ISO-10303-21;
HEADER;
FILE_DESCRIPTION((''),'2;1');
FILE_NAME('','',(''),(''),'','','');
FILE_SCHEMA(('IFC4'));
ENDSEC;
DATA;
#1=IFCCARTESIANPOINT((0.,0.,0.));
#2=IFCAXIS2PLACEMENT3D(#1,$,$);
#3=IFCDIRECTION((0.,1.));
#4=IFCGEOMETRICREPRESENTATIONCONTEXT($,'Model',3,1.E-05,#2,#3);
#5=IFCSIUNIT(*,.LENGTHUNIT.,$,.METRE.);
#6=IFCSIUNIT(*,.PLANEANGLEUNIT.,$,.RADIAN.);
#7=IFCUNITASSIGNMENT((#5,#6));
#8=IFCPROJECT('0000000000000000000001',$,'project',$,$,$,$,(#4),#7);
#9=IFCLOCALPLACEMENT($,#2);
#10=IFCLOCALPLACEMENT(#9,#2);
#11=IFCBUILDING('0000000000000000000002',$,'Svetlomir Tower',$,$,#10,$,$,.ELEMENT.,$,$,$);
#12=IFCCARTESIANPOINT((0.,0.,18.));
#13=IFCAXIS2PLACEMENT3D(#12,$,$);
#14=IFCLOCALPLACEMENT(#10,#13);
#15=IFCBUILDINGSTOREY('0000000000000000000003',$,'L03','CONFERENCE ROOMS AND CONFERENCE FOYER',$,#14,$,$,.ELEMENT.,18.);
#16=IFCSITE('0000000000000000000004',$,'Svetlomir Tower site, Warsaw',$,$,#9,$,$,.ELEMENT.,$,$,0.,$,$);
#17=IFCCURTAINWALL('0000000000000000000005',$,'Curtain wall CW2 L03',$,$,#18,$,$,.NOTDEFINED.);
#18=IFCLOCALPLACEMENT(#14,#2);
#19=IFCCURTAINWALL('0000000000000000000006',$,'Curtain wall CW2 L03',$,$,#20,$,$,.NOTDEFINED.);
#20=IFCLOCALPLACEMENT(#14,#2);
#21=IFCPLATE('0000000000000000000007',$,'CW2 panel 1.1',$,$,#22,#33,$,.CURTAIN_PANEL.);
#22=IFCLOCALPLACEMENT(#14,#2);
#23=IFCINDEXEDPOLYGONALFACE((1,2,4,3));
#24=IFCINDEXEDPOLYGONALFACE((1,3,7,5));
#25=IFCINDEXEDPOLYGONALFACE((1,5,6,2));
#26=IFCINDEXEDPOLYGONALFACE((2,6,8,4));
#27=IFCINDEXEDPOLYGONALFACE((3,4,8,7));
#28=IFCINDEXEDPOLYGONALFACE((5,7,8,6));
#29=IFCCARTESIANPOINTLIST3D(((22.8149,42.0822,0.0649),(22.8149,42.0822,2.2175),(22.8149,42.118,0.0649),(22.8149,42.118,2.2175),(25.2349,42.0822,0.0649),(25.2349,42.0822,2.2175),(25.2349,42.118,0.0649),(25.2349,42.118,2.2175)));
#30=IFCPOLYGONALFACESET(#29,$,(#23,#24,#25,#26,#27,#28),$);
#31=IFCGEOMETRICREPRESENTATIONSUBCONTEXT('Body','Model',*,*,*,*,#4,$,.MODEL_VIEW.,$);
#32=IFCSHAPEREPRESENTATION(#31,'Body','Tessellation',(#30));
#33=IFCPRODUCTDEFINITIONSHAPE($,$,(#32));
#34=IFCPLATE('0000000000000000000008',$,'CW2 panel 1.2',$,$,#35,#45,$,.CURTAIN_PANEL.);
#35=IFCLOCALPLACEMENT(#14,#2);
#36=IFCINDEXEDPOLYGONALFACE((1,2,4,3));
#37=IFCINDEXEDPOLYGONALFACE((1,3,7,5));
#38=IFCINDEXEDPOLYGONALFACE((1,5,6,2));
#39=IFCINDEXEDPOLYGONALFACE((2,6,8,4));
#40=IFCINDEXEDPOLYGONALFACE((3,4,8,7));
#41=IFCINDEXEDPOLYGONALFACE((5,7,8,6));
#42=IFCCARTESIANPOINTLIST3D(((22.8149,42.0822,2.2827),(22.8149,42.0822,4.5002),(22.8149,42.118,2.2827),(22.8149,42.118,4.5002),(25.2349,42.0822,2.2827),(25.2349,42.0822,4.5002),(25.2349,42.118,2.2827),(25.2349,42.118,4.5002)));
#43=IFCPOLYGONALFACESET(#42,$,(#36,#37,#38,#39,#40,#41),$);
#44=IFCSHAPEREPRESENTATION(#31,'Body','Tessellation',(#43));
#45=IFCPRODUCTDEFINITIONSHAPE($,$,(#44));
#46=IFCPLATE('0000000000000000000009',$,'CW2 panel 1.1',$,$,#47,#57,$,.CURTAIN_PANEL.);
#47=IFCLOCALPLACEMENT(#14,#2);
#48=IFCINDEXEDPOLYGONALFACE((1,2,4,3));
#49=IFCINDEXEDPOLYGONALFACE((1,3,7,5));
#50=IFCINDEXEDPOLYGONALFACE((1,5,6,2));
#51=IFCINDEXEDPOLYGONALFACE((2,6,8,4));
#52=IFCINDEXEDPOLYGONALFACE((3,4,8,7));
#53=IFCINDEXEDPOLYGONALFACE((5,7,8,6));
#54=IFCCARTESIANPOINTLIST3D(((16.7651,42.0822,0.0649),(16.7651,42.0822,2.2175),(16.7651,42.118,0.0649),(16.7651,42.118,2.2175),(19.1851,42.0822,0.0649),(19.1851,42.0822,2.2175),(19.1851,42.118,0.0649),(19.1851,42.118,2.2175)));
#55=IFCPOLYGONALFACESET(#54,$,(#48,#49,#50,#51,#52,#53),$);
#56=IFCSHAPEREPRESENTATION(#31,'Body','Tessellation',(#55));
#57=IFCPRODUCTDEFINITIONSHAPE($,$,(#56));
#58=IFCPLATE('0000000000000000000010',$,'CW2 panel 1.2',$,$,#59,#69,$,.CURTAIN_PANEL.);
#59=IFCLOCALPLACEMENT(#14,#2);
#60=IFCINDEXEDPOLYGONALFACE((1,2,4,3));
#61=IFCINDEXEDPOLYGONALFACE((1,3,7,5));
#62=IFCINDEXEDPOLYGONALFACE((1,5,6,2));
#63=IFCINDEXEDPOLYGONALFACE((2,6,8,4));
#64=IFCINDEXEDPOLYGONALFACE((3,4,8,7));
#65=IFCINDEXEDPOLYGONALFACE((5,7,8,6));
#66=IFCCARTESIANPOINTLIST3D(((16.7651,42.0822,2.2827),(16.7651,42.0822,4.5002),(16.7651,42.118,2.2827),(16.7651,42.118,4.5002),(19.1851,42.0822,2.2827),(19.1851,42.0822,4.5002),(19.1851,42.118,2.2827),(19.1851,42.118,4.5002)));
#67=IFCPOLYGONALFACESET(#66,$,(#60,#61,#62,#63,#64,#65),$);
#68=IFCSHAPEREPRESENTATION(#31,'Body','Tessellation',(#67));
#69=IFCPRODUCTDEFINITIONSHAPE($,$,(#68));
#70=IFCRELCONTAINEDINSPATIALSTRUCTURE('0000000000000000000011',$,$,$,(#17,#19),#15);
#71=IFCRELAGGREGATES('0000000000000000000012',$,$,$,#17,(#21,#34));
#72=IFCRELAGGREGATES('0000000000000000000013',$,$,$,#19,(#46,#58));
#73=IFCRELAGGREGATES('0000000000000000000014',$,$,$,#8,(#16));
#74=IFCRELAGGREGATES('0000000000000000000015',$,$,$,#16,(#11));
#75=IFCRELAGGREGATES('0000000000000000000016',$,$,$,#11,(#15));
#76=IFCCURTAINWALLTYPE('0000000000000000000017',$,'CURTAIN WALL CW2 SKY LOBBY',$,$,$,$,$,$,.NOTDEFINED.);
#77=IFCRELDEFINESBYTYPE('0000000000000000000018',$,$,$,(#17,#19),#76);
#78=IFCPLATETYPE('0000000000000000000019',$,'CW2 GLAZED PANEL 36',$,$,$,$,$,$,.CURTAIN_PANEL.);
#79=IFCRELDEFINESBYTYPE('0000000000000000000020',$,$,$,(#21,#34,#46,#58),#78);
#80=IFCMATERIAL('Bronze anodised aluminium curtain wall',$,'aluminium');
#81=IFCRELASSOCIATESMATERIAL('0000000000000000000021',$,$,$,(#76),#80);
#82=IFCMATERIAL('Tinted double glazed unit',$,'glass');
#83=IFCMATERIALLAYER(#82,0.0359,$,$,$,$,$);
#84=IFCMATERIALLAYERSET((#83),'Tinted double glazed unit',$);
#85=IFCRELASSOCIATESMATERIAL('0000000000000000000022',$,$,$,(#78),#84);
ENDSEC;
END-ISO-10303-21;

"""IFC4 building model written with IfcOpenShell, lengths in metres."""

from ifc_helpers import new_model, si_unit, direction, frame, origin, origin_2d, place, context, subcontext, project, spatial, rectangle, extrude, material, layer, layer_set, type_object, element, aggregate, save


model = new_model("IFC4")

# Units and contexts
model_context = context("Model", 3, precision=1e-05, world=origin(), true_north=direction((0.0, 1.0)))
body_context = subcontext(model_context, "Body", "Model", "MODEL_VIEW")
ifc_project = project(units=[si_unit("LENGTHUNIT", "METRE"), si_unit("PLANEANGLEUNIT", "RADIAN")], contexts=[model_context])

# Site, building, storey
site_placement = place(None, origin())
site = spatial("IfcSite", under=ifc_project, at=site_placement, Name="Svetlomir Tower site, Warsaw", CompositionType="ELEMENT", RefElevation=0.0)
building_placement = place(site_placement, origin())
building = spatial("IfcBuilding", under=site, at=building_placement, Name="Svetlomir Tower", CompositionType="ELEMENT")
storey_placement = place(building_placement, frame((0.0, 0.0, 18.0)))
storey = spatial("IfcBuildingStorey", under=building, at=storey_placement, Name="L03", Description="CONFERENCE ROOMS AND CONFERENCE FOYER", CompositionType="ELEMENT", Elevation=18.0)

# Curtain wall
ifc_material_1 = material(Name="Bronze anodised aluminium curtain wall", Category="aluminium")
curtain_wall_type = type_object("IfcCurtainWallType", Name="CURTAIN WALL CW2 SKY LOBBY", PredefinedType="NOTDEFINED", material=ifc_material_1)
curtain_wall_1_placement = place(storey_placement, origin())
curtain_wall_1 = element("IfcCurtainWall", 1, at=curtain_wall_1_placement, inside=storey, type_object=curtain_wall_type, Name="Curtain wall CW2 L03", PredefinedType="NOTDEFINED")

# Curtain wall
curtain_wall_2_placement = place(storey_placement, origin())
curtain_wall_2 = element("IfcCurtainWall", 2, at=curtain_wall_2_placement, inside=storey, type_object=curtain_wall_type, Name="Curtain wall CW2 L03", PredefinedType="NOTDEFINED")

# Plates
ifc_material_2 = material(Name="Tinted double glazed unit", Category="glass")
ifc_layer = layer(ifc_material_2, 0.0359)
ifc_layer_set = layer_set([ifc_layer], Name="Tinted double glazed unit")
plate_type = type_object("IfcPlateType", Name="CW2 GLAZED PANEL 36", PredefinedType="CURTAIN_PANEL", material=ifc_layer_set)
plate_1_placement = place(storey_placement, frame((24.0249, 42.1001, 0.0649), z_axis=(0.0, 0.0, 1.0), x_axis=(-1.0, 0.0, 0.0)))
plate_1 = element("IfcPlate", 3, at=plate_1_placement, type_object=plate_type, Name="CW2 panel 1.1", PredefinedType="CURTAIN_PANEL", context=body_context, shape_type="SweptSolid", body=[
    extrude(rectangle(XDim=2.4199, YDim=0.0359, at=origin_2d()), origin(), (0.0, 0.0, 1.0), 2.1526),
])
plate_2_placement = place(storey_placement, frame((24.0249, 42.1001, 2.2827), z_axis=(0.0, 0.0, 1.0), x_axis=(-1.0, 0.0, 0.0)))
plate_2 = element("IfcPlate", 4, at=plate_2_placement, type_object=plate_type, Name="CW2 panel 1.2", PredefinedType="CURTAIN_PANEL", context=body_context, shape_type="SweptSolid", body=[
    extrude(rectangle(XDim=2.4199, YDim=0.0359, at=origin_2d()), origin(), (0.0, 0.0, 1.0), 2.2175),
])
aggregate(curtain_wall_1, [plate_1, plate_2])
plate_3_placement = place(storey_placement, frame((17.9751, 42.1001, 0.0649), z_axis=(0.0, 0.0, 1.0), x_axis=(-1.0, 0.0, 0.0)))
plate_3 = element("IfcPlate", 5, at=plate_3_placement, type_object=plate_type, Name="CW2 panel 1.1", PredefinedType="CURTAIN_PANEL", context=body_context, shape_type="SweptSolid", body=[
    extrude(rectangle(XDim=2.4199, YDim=0.0359, at=origin_2d()), origin(), (0.0, 0.0, 1.0), 2.1526),
])
plate_4_placement = place(storey_placement, frame((17.9751, 42.1001, 2.2827), z_axis=(0.0, 0.0, 1.0), x_axis=(-1.0, 0.0, 0.0)))
plate_4 = element("IfcPlate", 6, at=plate_4_placement, type_object=plate_type, Name="CW2 panel 1.2", PredefinedType="CURTAIN_PANEL", context=body_context, shape_type="SweptSolid", body=[
    extrude(rectangle(XDim=2.4199, YDim=0.0359, at=origin_2d()), origin(), (0.0, 0.0, 1.0), 2.2175),
])
aggregate(curtain_wall_2, [plate_3, plate_4])

save(model, "model.ifc")
